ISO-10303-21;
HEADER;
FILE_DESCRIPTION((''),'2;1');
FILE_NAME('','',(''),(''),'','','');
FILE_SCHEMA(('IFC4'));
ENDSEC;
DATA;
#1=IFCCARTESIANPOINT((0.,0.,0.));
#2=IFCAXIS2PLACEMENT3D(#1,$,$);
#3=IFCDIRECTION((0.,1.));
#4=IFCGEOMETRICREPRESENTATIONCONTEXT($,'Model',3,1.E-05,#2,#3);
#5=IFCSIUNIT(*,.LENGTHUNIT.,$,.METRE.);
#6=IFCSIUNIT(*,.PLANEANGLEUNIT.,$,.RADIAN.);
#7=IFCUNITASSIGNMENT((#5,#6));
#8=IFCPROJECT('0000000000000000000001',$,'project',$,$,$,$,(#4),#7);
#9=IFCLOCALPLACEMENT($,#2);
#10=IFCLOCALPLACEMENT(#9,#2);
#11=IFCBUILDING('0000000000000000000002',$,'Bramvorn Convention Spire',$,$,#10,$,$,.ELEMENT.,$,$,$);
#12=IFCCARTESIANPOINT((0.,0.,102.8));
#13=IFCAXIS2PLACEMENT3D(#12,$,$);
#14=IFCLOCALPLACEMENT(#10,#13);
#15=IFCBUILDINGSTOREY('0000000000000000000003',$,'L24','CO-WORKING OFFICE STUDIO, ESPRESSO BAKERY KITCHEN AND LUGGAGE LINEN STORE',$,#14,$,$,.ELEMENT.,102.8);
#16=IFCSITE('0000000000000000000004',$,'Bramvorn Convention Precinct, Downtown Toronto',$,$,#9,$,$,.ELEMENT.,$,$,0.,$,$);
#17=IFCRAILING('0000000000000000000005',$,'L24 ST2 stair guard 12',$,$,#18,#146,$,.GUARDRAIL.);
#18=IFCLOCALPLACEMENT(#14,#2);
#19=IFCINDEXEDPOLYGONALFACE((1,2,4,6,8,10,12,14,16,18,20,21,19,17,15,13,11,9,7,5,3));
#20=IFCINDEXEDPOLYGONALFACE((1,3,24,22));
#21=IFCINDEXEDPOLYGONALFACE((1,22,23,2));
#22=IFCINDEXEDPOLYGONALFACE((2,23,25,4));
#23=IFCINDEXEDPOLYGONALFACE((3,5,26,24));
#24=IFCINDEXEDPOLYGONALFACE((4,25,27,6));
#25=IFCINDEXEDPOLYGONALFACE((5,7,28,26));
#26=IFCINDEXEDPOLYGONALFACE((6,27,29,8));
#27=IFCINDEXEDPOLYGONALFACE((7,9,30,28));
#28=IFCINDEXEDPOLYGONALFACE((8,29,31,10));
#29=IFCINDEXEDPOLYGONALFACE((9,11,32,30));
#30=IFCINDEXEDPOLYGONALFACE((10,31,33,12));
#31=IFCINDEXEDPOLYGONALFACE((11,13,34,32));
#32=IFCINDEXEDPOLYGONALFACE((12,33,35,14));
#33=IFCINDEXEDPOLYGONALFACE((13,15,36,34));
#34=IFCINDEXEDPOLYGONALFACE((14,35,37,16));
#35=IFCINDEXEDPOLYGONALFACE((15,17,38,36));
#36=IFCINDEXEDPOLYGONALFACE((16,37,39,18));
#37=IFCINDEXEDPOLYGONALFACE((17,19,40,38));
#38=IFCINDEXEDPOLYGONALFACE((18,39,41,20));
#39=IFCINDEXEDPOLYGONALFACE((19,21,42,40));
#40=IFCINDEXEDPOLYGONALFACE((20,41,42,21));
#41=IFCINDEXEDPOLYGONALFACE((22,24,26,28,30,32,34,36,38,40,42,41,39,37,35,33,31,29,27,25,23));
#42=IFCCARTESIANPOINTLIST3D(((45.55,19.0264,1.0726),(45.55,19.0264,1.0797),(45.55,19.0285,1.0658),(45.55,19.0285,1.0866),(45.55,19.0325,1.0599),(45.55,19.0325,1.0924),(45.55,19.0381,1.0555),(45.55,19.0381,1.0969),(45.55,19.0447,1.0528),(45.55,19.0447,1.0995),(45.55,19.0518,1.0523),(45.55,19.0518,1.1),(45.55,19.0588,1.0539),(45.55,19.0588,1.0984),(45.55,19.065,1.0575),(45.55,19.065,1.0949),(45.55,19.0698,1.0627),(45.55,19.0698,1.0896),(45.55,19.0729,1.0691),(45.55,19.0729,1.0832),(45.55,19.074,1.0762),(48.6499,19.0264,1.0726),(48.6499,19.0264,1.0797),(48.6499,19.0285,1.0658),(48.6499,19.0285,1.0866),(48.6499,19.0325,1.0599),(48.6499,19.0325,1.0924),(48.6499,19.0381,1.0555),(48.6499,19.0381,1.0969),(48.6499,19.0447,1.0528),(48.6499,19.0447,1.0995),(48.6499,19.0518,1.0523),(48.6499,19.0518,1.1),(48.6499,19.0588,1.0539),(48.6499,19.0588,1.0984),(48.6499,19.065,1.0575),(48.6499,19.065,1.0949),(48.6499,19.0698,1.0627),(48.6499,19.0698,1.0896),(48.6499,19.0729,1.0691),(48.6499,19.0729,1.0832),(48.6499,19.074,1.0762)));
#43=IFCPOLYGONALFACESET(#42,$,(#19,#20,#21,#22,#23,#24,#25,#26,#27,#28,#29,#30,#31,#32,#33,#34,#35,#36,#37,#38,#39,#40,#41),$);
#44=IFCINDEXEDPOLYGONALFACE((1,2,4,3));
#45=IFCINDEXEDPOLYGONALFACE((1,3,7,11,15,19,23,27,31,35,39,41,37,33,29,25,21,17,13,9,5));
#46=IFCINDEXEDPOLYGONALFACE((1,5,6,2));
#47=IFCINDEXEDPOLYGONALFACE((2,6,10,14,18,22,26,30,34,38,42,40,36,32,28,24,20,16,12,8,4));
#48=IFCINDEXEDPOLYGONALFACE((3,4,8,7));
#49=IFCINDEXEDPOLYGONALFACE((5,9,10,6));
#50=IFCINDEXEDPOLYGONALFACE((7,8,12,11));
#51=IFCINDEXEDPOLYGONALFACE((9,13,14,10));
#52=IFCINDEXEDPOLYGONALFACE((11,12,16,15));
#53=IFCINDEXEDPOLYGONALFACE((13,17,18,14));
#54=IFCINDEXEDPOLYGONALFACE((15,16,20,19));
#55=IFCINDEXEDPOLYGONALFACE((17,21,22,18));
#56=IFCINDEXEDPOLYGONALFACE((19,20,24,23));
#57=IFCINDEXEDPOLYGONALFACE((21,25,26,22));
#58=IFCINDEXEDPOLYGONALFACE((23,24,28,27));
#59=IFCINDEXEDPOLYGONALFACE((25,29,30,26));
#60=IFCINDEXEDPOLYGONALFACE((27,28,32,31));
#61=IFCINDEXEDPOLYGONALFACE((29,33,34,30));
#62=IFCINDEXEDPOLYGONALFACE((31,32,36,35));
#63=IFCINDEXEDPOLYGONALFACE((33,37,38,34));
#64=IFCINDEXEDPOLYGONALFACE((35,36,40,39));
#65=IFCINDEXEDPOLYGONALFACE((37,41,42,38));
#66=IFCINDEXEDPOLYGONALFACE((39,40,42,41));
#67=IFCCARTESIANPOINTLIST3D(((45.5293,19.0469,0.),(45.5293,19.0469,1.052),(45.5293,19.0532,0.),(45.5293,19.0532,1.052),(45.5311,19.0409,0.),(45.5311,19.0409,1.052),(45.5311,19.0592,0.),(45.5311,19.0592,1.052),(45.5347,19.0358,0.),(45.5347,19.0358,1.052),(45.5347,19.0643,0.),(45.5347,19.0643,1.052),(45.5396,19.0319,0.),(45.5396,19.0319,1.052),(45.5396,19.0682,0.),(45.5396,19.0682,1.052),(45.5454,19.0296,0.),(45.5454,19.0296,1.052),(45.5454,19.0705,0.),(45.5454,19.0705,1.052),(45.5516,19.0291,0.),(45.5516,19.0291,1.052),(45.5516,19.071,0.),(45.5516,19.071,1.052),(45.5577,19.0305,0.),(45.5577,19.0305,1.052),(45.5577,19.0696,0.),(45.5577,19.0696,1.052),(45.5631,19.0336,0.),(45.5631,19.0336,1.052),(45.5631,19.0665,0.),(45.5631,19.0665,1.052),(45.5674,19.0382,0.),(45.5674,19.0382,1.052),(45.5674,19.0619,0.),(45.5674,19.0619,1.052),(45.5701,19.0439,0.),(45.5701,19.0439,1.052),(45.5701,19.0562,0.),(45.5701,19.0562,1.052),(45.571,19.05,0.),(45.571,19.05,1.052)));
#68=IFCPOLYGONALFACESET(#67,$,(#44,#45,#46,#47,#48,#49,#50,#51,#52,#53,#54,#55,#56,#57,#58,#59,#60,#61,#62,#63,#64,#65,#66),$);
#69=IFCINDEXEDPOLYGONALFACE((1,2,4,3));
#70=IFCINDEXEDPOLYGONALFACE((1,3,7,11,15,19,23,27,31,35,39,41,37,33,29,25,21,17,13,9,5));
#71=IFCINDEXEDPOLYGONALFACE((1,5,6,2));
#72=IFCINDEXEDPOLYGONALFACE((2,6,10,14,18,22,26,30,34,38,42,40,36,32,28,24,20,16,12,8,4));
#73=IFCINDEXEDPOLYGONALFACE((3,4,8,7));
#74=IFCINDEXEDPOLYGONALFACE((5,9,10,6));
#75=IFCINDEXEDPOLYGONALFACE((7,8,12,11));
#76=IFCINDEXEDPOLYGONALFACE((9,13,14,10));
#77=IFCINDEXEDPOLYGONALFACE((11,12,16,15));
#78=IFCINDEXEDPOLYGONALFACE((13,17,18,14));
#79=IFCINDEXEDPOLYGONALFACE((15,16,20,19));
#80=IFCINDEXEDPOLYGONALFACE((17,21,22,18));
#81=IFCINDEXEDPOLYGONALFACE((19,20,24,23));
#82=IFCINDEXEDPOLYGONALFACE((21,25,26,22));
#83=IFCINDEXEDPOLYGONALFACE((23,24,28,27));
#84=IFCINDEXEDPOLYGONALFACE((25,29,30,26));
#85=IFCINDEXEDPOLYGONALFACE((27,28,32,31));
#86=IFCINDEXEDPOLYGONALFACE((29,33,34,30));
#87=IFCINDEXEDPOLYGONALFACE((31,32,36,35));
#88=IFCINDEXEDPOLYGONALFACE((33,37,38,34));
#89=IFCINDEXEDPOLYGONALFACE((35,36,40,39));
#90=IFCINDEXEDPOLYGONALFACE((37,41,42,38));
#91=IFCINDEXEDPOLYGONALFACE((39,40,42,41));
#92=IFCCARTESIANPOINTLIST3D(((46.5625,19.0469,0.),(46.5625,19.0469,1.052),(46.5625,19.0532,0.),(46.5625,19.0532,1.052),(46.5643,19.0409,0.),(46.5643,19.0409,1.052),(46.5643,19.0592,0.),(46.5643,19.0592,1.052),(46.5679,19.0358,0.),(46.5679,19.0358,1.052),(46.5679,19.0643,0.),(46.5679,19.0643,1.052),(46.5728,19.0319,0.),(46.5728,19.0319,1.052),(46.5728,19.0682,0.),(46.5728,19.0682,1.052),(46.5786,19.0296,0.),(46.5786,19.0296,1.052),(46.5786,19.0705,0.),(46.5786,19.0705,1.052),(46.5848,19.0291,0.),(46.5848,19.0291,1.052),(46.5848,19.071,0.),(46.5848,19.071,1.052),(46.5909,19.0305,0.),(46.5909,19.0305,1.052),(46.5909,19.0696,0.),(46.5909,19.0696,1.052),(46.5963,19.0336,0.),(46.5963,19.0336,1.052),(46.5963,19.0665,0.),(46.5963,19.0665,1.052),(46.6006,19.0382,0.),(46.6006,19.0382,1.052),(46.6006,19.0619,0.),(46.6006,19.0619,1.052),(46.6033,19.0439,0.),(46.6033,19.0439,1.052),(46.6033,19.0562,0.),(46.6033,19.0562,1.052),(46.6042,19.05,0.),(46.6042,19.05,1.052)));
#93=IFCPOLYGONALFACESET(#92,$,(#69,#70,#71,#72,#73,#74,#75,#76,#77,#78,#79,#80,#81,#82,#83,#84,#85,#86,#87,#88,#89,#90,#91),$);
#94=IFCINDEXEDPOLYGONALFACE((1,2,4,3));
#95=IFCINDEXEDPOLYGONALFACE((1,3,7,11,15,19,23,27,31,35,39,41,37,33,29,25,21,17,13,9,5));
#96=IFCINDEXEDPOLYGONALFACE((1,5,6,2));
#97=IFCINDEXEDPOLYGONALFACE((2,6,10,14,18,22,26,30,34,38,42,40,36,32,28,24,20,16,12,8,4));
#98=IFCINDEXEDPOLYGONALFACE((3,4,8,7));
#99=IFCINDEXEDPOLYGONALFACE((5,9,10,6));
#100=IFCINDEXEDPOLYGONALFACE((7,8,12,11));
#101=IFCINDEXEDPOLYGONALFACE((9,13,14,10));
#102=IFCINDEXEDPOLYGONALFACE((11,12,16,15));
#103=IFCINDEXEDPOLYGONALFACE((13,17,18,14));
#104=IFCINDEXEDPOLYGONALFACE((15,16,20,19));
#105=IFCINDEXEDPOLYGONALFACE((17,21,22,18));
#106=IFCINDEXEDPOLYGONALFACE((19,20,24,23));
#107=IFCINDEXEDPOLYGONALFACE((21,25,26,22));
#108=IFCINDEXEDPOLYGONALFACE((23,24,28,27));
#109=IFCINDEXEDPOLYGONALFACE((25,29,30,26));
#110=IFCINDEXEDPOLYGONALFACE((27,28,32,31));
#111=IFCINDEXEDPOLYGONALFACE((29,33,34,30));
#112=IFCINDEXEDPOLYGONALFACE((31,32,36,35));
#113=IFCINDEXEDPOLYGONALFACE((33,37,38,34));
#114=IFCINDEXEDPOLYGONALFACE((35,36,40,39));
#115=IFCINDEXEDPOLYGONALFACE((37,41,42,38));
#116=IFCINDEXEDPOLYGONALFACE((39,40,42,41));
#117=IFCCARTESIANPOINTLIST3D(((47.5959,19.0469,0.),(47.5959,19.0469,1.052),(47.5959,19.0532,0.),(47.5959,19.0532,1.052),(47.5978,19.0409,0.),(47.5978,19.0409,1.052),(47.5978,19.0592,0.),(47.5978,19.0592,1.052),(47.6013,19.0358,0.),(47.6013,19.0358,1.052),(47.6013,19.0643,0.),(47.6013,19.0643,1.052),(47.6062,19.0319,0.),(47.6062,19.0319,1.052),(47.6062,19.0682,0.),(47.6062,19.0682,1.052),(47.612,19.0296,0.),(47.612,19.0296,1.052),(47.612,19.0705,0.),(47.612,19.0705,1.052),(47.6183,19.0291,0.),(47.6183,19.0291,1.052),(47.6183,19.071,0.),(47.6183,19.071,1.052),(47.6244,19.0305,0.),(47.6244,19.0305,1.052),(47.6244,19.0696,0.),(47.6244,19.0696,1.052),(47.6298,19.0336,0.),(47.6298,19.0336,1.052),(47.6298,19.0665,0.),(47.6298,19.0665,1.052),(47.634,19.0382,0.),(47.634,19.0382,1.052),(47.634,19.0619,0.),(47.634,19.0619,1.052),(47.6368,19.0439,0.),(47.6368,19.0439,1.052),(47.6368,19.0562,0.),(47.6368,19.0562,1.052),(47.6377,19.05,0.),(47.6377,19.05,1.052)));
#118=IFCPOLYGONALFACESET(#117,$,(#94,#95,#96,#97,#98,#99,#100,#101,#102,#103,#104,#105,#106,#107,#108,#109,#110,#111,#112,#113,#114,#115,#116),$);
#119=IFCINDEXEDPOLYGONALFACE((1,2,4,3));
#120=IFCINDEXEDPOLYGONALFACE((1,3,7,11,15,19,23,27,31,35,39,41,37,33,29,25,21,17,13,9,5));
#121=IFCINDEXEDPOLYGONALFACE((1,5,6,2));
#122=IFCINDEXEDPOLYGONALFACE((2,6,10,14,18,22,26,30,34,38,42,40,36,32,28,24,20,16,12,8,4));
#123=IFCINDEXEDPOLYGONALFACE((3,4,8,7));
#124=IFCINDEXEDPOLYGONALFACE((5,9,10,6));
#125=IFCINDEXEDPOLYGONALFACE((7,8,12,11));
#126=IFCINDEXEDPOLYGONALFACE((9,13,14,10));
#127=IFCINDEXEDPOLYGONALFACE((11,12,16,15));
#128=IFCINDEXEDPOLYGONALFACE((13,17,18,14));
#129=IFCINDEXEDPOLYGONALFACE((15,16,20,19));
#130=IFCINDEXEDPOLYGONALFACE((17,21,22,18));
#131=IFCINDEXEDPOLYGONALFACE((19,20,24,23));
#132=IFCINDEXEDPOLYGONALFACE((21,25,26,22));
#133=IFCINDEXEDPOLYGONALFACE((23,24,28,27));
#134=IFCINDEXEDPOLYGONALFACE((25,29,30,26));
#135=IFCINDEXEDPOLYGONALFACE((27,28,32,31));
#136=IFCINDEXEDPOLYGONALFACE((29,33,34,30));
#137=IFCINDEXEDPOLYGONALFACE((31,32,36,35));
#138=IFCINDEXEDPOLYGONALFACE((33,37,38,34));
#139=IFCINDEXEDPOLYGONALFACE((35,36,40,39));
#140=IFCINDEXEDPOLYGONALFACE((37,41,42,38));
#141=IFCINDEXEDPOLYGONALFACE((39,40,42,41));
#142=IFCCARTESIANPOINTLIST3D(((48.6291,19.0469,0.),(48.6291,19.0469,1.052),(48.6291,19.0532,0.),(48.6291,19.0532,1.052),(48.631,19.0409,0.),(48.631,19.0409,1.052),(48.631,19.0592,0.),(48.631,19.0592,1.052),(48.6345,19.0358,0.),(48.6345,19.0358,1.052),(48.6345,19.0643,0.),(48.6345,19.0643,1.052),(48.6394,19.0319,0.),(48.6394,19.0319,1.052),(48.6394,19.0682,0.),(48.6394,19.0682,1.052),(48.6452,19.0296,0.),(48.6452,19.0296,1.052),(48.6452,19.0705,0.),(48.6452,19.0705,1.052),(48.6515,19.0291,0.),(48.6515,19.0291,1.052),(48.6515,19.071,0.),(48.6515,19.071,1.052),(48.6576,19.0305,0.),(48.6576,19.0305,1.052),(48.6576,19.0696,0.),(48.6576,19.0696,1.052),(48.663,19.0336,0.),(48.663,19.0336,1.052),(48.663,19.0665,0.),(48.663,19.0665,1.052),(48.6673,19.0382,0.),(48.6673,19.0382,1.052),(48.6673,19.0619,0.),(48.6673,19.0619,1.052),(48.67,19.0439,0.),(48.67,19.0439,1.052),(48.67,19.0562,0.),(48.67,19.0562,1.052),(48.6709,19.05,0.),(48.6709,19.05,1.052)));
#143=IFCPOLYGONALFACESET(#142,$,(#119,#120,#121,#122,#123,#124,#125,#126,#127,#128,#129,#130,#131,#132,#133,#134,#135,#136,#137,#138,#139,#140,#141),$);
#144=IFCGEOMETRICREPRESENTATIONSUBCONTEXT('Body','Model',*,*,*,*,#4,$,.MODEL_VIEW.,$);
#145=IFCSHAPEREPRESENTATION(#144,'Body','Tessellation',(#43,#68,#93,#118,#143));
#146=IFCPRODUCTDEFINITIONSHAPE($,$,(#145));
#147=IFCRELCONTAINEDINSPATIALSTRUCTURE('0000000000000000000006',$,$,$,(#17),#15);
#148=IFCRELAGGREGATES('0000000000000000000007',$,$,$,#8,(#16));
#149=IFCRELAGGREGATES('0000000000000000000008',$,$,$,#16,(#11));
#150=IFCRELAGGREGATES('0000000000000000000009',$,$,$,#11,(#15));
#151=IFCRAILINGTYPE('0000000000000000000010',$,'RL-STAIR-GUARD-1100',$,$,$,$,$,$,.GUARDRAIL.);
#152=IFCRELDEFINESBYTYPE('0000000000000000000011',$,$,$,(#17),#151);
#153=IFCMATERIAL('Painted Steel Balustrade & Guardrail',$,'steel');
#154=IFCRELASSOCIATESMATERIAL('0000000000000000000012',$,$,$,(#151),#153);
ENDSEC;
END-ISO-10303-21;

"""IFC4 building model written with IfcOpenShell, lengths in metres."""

from ifc_helpers import new_model, si_unit, direction, frame, origin, origin_2d, place, context, subcontext, project, spatial, circle, extrude, material, type_object, element, save


model = new_model("IFC4")

# Units and contexts
model_context = context("Model", 3, precision=1e-05, world=origin(), true_north=direction((0.0, 1.0)))
body_context = subcontext(model_context, "Body", "Model", "MODEL_VIEW")
ifc_project = project(units=[si_unit("LENGTHUNIT", "METRE"), si_unit("PLANEANGLEUNIT", "RADIAN")], contexts=[model_context])

# Site, building, storey
site_placement = place(None, origin())
site = spatial("IfcSite", under=ifc_project, at=site_placement, Name="Bramvorn Convention Precinct, Downtown Toronto", CompositionType="ELEMENT", RefElevation=0.0)
building_placement = place(site_placement, origin())
building = spatial("IfcBuilding", under=site, at=building_placement, Name="Bramvorn Convention Spire", CompositionType="ELEMENT")
storey_placement = place(building_placement, frame((0.0, 0.0, 102.8)))
storey = spatial("IfcBuildingStorey", under=building, at=storey_placement, Name="L24", Description="CO-WORKING OFFICE STUDIO, ESPRESSO BAKERY KITCHEN AND LUGGAGE LINEN STORE", CompositionType="ELEMENT", Elevation=102.8)

# Railing
ifc_material_1 = material(Name="Painted Steel Balustrade & Guardrail", Category="steel")
railing_type = type_object("IfcRailingType", Name="RL-STAIR-GUARD-1100", PredefinedType="GUARDRAIL", material=ifc_material_1)
railing_1_placement = place(storey_placement, frame((45.55, 19.05, 0.0)))
element("IfcRailing", 1, at=railing_1_placement, inside=storey, type_object=railing_type, Name="L24 ST2 stair guard 12", PredefinedType="GUARDRAIL", context=body_context, shape_type="SweptSolid", body=[
    extrude(circle(Radius=0.0239, at=origin_2d()), frame((0.0, 0.0, 1.0762), z_axis=(1.0, 0.0, 0.0), x_axis=(0.0, 1.0, 0.0)), (0.0, 0.0, 1.0), 3.0999),
    extrude(circle(Radius=0.021, at=origin_2d()), origin(), (0.0, 0.0, 1.0), 1.052),
    extrude(circle(Radius=0.021, at=origin_2d()), frame((1.0332, 0.0, 0.0)), (0.0, 0.0, 1.0), 1.052),
    extrude(circle(Radius=0.021, at=origin_2d()), frame((2.0667, 0.0, 0.0)), (0.0, 0.0, 1.0), 1.052),
    extrude(circle(Radius=0.021, at=origin_2d()), frame((3.0999, 0.0, 0.0)), (0.0, 0.0, 1.0), 1.052),
])

save(model, "model.ifc")
